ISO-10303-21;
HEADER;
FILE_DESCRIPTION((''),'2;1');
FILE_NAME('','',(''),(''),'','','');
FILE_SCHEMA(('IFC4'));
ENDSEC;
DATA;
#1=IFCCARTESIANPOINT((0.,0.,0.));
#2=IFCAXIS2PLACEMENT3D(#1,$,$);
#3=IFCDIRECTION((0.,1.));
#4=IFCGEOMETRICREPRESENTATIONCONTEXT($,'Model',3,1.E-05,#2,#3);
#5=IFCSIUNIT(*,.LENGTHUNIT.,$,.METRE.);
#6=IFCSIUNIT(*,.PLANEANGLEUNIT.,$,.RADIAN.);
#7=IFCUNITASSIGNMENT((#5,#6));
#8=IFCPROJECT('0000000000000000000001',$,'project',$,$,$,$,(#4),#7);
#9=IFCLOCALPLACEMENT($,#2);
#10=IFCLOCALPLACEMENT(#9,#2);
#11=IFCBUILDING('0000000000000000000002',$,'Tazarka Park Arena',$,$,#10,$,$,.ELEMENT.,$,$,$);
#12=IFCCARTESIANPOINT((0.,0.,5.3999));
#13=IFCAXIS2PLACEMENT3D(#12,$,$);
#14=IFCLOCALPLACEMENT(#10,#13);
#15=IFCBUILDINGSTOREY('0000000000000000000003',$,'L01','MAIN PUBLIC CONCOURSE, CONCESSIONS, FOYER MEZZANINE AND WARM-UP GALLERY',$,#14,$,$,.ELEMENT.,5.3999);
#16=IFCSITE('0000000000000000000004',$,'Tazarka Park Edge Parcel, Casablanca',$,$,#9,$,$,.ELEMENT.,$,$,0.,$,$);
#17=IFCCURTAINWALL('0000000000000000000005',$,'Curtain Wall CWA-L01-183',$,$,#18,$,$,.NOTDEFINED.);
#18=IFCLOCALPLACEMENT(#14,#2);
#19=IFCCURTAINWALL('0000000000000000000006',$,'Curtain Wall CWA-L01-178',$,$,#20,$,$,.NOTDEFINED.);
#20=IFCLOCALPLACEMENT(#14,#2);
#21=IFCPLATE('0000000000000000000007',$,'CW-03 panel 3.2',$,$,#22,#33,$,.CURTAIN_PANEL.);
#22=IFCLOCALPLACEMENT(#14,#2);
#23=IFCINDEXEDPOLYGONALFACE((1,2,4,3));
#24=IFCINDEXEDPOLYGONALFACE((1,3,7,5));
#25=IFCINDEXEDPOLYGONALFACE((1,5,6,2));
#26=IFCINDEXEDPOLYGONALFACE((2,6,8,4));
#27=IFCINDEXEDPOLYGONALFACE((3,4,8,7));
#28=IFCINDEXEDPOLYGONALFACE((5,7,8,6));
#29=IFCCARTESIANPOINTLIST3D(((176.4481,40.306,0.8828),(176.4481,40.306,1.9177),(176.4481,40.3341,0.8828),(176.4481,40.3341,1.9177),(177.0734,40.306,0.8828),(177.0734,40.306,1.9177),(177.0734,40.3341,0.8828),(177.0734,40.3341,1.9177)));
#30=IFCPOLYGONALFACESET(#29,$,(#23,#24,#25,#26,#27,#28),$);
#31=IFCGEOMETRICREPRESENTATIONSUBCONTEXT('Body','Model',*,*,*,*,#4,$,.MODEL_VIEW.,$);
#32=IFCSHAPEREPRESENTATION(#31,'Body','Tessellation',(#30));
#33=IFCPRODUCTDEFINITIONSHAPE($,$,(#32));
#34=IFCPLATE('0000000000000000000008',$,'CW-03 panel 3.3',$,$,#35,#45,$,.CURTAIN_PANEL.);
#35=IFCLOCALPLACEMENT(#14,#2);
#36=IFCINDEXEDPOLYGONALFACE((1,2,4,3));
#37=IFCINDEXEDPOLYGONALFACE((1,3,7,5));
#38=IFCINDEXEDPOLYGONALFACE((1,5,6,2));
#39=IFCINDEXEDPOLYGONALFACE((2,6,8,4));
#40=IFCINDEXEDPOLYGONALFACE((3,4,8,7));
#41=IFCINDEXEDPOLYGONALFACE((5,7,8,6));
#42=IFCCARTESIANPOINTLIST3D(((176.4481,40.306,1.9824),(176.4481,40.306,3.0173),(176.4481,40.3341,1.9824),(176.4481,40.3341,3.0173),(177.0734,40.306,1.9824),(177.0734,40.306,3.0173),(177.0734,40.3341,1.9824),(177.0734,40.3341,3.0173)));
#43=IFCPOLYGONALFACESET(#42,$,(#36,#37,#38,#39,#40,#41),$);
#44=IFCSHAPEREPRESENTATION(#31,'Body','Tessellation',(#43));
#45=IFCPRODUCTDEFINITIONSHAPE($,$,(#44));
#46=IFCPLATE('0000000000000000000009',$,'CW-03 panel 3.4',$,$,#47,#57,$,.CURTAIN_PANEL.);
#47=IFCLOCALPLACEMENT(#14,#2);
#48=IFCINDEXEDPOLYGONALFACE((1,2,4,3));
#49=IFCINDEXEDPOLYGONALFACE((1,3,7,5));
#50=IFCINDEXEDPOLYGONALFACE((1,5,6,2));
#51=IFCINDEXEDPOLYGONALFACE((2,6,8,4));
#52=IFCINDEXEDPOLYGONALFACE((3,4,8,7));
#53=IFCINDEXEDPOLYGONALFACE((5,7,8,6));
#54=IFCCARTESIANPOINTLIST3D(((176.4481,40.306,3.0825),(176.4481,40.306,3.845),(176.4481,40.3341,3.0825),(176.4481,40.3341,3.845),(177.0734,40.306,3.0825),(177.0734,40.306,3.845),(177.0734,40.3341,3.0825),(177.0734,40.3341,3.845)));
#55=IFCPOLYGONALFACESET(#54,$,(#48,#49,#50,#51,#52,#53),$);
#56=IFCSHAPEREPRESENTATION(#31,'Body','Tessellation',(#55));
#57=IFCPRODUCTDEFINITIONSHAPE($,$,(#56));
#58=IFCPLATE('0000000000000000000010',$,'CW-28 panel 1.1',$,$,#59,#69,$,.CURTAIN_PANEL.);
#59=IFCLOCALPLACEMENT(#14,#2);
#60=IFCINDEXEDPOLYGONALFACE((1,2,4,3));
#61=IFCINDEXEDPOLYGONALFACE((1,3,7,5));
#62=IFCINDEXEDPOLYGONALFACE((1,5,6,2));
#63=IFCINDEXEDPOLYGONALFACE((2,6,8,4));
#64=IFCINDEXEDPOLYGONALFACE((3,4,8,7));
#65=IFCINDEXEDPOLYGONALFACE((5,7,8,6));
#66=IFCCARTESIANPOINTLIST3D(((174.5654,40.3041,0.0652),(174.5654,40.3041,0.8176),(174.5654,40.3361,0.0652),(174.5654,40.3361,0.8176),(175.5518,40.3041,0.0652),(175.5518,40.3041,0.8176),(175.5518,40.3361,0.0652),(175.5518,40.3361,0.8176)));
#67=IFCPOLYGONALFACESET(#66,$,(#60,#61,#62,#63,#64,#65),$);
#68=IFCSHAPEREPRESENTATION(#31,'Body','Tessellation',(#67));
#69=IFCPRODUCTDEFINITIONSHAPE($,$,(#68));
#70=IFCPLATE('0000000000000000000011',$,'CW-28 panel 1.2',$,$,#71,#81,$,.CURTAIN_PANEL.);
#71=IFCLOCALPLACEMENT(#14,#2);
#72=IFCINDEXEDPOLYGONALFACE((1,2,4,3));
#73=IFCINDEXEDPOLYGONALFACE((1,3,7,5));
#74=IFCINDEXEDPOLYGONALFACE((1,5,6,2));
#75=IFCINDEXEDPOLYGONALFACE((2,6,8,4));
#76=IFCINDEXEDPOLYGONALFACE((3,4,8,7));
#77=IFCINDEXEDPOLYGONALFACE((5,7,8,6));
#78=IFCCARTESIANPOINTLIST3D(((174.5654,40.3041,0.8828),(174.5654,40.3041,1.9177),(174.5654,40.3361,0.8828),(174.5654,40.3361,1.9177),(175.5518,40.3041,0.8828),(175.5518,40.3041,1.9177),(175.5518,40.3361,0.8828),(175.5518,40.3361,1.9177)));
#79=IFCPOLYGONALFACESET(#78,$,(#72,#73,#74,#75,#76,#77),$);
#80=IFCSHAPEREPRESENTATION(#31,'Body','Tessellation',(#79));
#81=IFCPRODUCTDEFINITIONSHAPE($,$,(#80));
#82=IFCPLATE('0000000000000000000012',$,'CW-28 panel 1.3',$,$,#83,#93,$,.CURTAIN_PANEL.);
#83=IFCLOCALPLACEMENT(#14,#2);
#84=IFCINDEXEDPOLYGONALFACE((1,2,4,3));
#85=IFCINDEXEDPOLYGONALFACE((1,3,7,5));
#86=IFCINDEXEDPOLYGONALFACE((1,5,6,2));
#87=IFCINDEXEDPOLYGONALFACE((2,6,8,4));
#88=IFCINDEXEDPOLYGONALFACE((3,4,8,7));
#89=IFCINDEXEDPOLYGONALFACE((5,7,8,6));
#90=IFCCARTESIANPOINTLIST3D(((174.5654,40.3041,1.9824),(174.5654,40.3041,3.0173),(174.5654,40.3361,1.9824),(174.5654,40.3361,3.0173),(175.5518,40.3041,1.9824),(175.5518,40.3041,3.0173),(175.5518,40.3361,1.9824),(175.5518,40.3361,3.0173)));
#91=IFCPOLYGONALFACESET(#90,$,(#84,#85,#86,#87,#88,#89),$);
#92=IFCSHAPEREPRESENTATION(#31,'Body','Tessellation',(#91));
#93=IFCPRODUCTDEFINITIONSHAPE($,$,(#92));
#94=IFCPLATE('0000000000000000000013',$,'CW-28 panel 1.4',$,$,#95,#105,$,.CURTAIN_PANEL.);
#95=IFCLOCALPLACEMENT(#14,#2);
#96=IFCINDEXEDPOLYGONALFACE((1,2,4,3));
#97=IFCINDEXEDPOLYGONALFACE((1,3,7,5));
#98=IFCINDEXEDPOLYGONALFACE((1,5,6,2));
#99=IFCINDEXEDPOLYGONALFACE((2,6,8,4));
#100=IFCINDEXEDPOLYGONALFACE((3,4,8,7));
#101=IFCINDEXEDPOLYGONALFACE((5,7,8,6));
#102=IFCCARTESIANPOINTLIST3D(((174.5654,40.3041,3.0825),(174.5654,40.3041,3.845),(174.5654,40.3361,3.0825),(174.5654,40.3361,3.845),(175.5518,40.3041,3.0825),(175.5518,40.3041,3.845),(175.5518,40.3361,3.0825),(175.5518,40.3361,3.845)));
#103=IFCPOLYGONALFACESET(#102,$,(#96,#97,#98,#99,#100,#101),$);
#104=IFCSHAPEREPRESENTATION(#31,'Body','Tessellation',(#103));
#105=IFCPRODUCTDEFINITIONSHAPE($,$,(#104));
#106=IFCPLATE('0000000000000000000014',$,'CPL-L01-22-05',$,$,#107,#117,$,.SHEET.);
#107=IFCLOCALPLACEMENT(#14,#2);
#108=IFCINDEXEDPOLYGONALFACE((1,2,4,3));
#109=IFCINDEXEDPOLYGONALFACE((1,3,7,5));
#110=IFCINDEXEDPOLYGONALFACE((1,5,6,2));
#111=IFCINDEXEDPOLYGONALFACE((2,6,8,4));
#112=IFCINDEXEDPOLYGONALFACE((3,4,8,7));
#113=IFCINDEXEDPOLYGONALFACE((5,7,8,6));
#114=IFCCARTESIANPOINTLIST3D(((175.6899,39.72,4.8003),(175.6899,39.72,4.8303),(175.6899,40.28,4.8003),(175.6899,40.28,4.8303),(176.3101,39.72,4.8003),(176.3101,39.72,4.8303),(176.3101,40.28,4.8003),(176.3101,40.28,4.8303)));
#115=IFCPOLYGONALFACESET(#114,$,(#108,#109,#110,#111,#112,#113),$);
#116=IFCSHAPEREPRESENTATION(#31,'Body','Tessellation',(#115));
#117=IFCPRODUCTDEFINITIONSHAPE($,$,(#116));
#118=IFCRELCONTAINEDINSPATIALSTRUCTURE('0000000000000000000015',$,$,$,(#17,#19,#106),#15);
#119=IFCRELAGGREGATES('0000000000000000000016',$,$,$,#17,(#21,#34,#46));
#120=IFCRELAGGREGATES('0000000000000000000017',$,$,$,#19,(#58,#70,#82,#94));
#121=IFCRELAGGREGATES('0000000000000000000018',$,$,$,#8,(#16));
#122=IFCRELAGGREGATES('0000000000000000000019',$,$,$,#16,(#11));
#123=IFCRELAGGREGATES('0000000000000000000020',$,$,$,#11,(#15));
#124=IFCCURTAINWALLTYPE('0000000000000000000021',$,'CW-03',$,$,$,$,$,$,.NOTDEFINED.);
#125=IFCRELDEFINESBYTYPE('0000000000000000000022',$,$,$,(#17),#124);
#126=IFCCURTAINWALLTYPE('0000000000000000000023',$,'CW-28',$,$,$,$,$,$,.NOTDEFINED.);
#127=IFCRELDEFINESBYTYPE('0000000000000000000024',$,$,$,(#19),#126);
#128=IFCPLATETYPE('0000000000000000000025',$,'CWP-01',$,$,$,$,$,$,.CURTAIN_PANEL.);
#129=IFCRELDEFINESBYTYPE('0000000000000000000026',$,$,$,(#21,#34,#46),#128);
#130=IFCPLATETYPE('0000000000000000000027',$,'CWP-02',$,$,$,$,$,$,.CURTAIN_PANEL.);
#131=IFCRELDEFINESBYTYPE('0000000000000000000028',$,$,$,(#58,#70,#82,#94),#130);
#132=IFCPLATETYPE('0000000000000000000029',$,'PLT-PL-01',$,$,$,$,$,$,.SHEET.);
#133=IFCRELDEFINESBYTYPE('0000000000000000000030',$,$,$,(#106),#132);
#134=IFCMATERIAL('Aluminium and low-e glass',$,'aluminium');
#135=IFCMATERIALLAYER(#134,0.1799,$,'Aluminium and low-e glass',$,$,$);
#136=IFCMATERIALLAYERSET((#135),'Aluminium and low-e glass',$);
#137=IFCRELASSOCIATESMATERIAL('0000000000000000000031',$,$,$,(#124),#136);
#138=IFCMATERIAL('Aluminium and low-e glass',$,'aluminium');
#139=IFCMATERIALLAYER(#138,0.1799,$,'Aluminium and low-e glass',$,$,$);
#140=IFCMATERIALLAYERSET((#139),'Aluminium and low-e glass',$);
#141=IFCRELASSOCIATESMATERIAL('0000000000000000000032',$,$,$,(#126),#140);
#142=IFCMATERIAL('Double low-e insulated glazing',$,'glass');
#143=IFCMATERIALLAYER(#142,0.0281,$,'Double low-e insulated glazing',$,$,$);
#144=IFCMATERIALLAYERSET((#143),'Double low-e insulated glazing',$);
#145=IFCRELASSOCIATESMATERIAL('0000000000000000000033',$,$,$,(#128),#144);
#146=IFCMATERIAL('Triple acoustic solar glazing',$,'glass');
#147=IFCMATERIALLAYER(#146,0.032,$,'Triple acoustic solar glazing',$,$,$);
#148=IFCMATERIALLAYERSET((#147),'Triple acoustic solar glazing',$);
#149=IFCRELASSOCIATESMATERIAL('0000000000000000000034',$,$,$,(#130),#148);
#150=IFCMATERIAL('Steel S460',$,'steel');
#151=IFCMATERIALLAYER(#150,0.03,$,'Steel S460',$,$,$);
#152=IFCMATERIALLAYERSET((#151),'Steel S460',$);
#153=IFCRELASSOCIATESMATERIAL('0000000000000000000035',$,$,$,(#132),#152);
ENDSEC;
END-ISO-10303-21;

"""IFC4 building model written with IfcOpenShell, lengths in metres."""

from ifc_helpers import new_model, si_unit, direction, frame, origin, origin_2d, place, context, subcontext, project, spatial, rectangle, extrude, material, layer, layer_set, type_object, element, aggregate, save


model = new_model("IFC4")

# Units and contexts
model_context = context("Model", 3, precision=1e-05, world=origin(), true_north=direction((0.0, 1.0)))
body_context = subcontext(model_context, "Body", "Model", "MODEL_VIEW")
ifc_project = project(units=[si_unit("LENGTHUNIT", "METRE"), si_unit("PLANEANGLEUNIT", "RADIAN")], contexts=[model_context])

# Site, building, storey
site_placement = place(None, origin())
site = spatial("IfcSite", under=ifc_project, at=site_placement, Name="Tazarka Park Edge Parcel, Casablanca", CompositionType="ELEMENT", RefElevation=0.0)
building_placement = place(site_placement, origin())
building = spatial("IfcBuilding", under=site, at=building_placement, Name="Tazarka Park Arena", CompositionType="ELEMENT")
storey_placement = place(building_placement, frame((0.0, 0.0, 5.3999)))
storey = spatial("IfcBuildingStorey", under=building, at=storey_placement, Name="L01", Description="MAIN PUBLIC CONCOURSE, CONCESSIONS, FOYER MEZZANINE AND WARM-UP GALLERY", CompositionType="ELEMENT", Elevation=5.3999)

# Curtain wall
ifc_material_1 = material(Name="Aluminium and low-e glass", Category="aluminium")
ifc_layer_1 = layer(ifc_material_1, 0.1799, Name="Aluminium and low-e glass")
ifc_layer_set_1 = layer_set([ifc_layer_1], Name="Aluminium and low-e glass")
curtain_wall_type_1 = type_object("IfcCurtainWallType", Name="CW-03", PredefinedType="NOTDEFINED", material=ifc_layer_set_1)
curtain_wall_1_placement = place(storey_placement, origin())
curtain_wall_1 = element("IfcCurtainWall", 1, at=curtain_wall_1_placement, inside=storey, type_object=curtain_wall_type_1, Name="Curtain Wall CWA-L01-183", PredefinedType="NOTDEFINED")

# Curtain wall
ifc_material_2 = material(Name="Aluminium and low-e glass", Category="aluminium")
ifc_layer_2 = layer(ifc_material_2, 0.1799, Name="Aluminium and low-e glass")
ifc_layer_set_2 = layer_set([ifc_layer_2], Name="Aluminium and low-e glass")
curtain_wall_type_2 = type_object("IfcCurtainWallType", Name="CW-28", PredefinedType="NOTDEFINED", material=ifc_layer_set_2)
curtain_wall_2_placement = place(storey_placement, origin())
curtain_wall_2 = element("IfcCurtainWall", 2, at=curtain_wall_2_placement, inside=storey, type_object=curtain_wall_type_2, Name="Curtain Wall CWA-L01-178", PredefinedType="NOTDEFINED")

# Plates
ifc_material_3 = material(Name="Double low-e insulated glazing", Category="glass")
ifc_layer_3 = layer(ifc_material_3, 0.0281, Name="Double low-e insulated glazing")
ifc_layer_set_3 = layer_set([ifc_layer_3], Name="Double low-e insulated glazing")
plate_type_1 = type_object("IfcPlateType", Name="CWP-01", PredefinedType="CURTAIN_PANEL", material=ifc_layer_set_3)
plate_1_placement = place(storey_placement, frame((176.7607, 40.3201, 0.8828), z_axis=(0.0, 0.0, 1.0), x_axis=(-1.0, 0.0, 0.0)))
plate_1 = element("IfcPlate", 3, at=plate_1_placement, type_object=plate_type_1, Name="CW-03 panel 3.2", PredefinedType="CURTAIN_PANEL", context=body_context, shape_type="SweptSolid", body=[
    extrude(rectangle(XDim=0.6252, YDim=0.0281, at=origin_2d()), origin(), (0.0, 0.0, 1.0), 1.0349),
])
plate_2_placement = place(storey_placement, frame((176.7607, 40.3201, 1.9824), z_axis=(0.0, 0.0, 1.0), x_axis=(-1.0, 0.0, 0.0)))
plate_2 = element("IfcPlate", 4, at=plate_2_placement, type_object=plate_type_1, Name="CW-03 panel 3.3", PredefinedType="CURTAIN_PANEL", context=body_context, shape_type="SweptSolid", body=[
    extrude(rectangle(XDim=0.6252, YDim=0.0281, at=origin_2d()), origin(), (0.0, 0.0, 1.0), 1.0349),
])
plate_3_placement = place(storey_placement, frame((176.7607, 40.3201, 3.0825), z_axis=(0.0, 0.0, 1.0), x_axis=(-1.0, 0.0, 0.0)))
plate_3 = element("IfcPlate", 5, at=plate_3_placement, type_object=plate_type_1, Name="CW-03 panel 3.4", PredefinedType="CURTAIN_PANEL", context=body_context, shape_type="SweptSolid", body=[
    extrude(rectangle(XDim=0.6252, YDim=0.0281, at=origin_2d()), origin(), (0.0, 0.0, 1.0), 0.7625),
])
aggregate(curtain_wall_1, [plate_1, plate_2, plate_3])
ifc_material_4 = material(Name="Triple acoustic solar glazing", Category="glass")
ifc_layer_4 = layer(ifc_material_4, 0.032, Name="Triple acoustic solar glazing")
ifc_layer_set_4 = layer_set([ifc_layer_4], Name="Triple acoustic solar glazing")
plate_type_2 = type_object("IfcPlateType", Name="CWP-02", PredefinedType="CURTAIN_PANEL", material=ifc_layer_set_4)
plate_4_placement = place(storey_placement, frame((175.0586, 40.3201, 0.0652), z_axis=(0.0, 0.0, 1.0), x_axis=(-1.0, 0.0, 0.0)))
plate_4 = element("IfcPlate", 6, at=plate_4_placement, type_object=plate_type_2, Name="CW-28 panel 1.1", PredefinedType="CURTAIN_PANEL", context=body_context, shape_type="SweptSolid", body=[
    extrude(rectangle(XDim=0.9863, YDim=0.032, at=origin_2d()), origin(), (0.0, 0.0, 1.0), 0.7524),
])
plate_5_placement = place(storey_placement, frame((175.0586, 40.3201, 0.8828), z_axis=(0.0, 0.0, 1.0), x_axis=(-1.0, 0.0, 0.0)))
plate_5 = element("IfcPlate", 7, at=plate_5_placement, type_object=plate_type_2, Name="CW-28 panel 1.2", PredefinedType="CURTAIN_PANEL", context=body_context, shape_type="SweptSolid", body=[
    extrude(rectangle(XDim=0.9863, YDim=0.032, at=origin_2d()), origin(), (0.0, 0.0, 1.0), 1.0349),
])
plate_6_placement = place(storey_placement, frame((175.0586, 40.3201, 1.9824), z_axis=(0.0, 0.0, 1.0), x_axis=(-1.0, 0.0, 0.0)))
plate_6 = element("IfcPlate", 8, at=plate_6_placement, type_object=plate_type_2, Name="CW-28 panel 1.3", PredefinedType="CURTAIN_PANEL", context=body_context, shape_type="SweptSolid", body=[
    extrude(rectangle(XDim=0.9863, YDim=0.032, at=origin_2d()), origin(), (0.0, 0.0, 1.0), 1.0349),
])
plate_7_placement = place(storey_placement, frame((175.0586, 40.3201, 3.0825), z_axis=(0.0, 0.0, 1.0), x_axis=(-1.0, 0.0, 0.0)))
plate_7 = element("IfcPlate", 9, at=plate_7_placement, type_object=plate_type_2, Name="CW-28 panel 1.4", PredefinedType="CURTAIN_PANEL", context=body_context, shape_type="SweptSolid", body=[
    extrude(rectangle(XDim=0.9863, YDim=0.032, at=origin_2d()), origin(), (0.0, 0.0, 1.0), 0.7625),
])
aggregate(curtain_wall_2, [plate_4, plate_5, plate_6, plate_7])
ifc_material_5 = material(Name="Steel S460", Category="steel")
ifc_layer_5 = layer(ifc_material_5, 0.03, Name="Steel S460")
ifc_layer_set_5 = layer_set([ifc_layer_5], Name="Steel S460")
plate_type_3 = type_object("IfcPlateType", Name="PLT-PL-01", PredefinedType="SHEET", material=ifc_layer_set_5)
plate_8_placement = place(storey_placement, frame((176.0, 40.0, 4.8003), z_axis=(0.0, 0.0, 1.0), x_axis=(1.0, 0.0, 0.0)))
element("IfcPlate", 10, at=plate_8_placement, inside=storey, type_object=plate_type_3, Name="CPL-L01-22-05", PredefinedType="SHEET", context=body_context, shape_type="SweptSolid", body=[
    extrude(rectangle(XDim=0.6201, YDim=0.5601, at=origin_2d()), origin(), (0.0, 0.0, 1.0), 0.03),
])

save(model, "model.ifc")
